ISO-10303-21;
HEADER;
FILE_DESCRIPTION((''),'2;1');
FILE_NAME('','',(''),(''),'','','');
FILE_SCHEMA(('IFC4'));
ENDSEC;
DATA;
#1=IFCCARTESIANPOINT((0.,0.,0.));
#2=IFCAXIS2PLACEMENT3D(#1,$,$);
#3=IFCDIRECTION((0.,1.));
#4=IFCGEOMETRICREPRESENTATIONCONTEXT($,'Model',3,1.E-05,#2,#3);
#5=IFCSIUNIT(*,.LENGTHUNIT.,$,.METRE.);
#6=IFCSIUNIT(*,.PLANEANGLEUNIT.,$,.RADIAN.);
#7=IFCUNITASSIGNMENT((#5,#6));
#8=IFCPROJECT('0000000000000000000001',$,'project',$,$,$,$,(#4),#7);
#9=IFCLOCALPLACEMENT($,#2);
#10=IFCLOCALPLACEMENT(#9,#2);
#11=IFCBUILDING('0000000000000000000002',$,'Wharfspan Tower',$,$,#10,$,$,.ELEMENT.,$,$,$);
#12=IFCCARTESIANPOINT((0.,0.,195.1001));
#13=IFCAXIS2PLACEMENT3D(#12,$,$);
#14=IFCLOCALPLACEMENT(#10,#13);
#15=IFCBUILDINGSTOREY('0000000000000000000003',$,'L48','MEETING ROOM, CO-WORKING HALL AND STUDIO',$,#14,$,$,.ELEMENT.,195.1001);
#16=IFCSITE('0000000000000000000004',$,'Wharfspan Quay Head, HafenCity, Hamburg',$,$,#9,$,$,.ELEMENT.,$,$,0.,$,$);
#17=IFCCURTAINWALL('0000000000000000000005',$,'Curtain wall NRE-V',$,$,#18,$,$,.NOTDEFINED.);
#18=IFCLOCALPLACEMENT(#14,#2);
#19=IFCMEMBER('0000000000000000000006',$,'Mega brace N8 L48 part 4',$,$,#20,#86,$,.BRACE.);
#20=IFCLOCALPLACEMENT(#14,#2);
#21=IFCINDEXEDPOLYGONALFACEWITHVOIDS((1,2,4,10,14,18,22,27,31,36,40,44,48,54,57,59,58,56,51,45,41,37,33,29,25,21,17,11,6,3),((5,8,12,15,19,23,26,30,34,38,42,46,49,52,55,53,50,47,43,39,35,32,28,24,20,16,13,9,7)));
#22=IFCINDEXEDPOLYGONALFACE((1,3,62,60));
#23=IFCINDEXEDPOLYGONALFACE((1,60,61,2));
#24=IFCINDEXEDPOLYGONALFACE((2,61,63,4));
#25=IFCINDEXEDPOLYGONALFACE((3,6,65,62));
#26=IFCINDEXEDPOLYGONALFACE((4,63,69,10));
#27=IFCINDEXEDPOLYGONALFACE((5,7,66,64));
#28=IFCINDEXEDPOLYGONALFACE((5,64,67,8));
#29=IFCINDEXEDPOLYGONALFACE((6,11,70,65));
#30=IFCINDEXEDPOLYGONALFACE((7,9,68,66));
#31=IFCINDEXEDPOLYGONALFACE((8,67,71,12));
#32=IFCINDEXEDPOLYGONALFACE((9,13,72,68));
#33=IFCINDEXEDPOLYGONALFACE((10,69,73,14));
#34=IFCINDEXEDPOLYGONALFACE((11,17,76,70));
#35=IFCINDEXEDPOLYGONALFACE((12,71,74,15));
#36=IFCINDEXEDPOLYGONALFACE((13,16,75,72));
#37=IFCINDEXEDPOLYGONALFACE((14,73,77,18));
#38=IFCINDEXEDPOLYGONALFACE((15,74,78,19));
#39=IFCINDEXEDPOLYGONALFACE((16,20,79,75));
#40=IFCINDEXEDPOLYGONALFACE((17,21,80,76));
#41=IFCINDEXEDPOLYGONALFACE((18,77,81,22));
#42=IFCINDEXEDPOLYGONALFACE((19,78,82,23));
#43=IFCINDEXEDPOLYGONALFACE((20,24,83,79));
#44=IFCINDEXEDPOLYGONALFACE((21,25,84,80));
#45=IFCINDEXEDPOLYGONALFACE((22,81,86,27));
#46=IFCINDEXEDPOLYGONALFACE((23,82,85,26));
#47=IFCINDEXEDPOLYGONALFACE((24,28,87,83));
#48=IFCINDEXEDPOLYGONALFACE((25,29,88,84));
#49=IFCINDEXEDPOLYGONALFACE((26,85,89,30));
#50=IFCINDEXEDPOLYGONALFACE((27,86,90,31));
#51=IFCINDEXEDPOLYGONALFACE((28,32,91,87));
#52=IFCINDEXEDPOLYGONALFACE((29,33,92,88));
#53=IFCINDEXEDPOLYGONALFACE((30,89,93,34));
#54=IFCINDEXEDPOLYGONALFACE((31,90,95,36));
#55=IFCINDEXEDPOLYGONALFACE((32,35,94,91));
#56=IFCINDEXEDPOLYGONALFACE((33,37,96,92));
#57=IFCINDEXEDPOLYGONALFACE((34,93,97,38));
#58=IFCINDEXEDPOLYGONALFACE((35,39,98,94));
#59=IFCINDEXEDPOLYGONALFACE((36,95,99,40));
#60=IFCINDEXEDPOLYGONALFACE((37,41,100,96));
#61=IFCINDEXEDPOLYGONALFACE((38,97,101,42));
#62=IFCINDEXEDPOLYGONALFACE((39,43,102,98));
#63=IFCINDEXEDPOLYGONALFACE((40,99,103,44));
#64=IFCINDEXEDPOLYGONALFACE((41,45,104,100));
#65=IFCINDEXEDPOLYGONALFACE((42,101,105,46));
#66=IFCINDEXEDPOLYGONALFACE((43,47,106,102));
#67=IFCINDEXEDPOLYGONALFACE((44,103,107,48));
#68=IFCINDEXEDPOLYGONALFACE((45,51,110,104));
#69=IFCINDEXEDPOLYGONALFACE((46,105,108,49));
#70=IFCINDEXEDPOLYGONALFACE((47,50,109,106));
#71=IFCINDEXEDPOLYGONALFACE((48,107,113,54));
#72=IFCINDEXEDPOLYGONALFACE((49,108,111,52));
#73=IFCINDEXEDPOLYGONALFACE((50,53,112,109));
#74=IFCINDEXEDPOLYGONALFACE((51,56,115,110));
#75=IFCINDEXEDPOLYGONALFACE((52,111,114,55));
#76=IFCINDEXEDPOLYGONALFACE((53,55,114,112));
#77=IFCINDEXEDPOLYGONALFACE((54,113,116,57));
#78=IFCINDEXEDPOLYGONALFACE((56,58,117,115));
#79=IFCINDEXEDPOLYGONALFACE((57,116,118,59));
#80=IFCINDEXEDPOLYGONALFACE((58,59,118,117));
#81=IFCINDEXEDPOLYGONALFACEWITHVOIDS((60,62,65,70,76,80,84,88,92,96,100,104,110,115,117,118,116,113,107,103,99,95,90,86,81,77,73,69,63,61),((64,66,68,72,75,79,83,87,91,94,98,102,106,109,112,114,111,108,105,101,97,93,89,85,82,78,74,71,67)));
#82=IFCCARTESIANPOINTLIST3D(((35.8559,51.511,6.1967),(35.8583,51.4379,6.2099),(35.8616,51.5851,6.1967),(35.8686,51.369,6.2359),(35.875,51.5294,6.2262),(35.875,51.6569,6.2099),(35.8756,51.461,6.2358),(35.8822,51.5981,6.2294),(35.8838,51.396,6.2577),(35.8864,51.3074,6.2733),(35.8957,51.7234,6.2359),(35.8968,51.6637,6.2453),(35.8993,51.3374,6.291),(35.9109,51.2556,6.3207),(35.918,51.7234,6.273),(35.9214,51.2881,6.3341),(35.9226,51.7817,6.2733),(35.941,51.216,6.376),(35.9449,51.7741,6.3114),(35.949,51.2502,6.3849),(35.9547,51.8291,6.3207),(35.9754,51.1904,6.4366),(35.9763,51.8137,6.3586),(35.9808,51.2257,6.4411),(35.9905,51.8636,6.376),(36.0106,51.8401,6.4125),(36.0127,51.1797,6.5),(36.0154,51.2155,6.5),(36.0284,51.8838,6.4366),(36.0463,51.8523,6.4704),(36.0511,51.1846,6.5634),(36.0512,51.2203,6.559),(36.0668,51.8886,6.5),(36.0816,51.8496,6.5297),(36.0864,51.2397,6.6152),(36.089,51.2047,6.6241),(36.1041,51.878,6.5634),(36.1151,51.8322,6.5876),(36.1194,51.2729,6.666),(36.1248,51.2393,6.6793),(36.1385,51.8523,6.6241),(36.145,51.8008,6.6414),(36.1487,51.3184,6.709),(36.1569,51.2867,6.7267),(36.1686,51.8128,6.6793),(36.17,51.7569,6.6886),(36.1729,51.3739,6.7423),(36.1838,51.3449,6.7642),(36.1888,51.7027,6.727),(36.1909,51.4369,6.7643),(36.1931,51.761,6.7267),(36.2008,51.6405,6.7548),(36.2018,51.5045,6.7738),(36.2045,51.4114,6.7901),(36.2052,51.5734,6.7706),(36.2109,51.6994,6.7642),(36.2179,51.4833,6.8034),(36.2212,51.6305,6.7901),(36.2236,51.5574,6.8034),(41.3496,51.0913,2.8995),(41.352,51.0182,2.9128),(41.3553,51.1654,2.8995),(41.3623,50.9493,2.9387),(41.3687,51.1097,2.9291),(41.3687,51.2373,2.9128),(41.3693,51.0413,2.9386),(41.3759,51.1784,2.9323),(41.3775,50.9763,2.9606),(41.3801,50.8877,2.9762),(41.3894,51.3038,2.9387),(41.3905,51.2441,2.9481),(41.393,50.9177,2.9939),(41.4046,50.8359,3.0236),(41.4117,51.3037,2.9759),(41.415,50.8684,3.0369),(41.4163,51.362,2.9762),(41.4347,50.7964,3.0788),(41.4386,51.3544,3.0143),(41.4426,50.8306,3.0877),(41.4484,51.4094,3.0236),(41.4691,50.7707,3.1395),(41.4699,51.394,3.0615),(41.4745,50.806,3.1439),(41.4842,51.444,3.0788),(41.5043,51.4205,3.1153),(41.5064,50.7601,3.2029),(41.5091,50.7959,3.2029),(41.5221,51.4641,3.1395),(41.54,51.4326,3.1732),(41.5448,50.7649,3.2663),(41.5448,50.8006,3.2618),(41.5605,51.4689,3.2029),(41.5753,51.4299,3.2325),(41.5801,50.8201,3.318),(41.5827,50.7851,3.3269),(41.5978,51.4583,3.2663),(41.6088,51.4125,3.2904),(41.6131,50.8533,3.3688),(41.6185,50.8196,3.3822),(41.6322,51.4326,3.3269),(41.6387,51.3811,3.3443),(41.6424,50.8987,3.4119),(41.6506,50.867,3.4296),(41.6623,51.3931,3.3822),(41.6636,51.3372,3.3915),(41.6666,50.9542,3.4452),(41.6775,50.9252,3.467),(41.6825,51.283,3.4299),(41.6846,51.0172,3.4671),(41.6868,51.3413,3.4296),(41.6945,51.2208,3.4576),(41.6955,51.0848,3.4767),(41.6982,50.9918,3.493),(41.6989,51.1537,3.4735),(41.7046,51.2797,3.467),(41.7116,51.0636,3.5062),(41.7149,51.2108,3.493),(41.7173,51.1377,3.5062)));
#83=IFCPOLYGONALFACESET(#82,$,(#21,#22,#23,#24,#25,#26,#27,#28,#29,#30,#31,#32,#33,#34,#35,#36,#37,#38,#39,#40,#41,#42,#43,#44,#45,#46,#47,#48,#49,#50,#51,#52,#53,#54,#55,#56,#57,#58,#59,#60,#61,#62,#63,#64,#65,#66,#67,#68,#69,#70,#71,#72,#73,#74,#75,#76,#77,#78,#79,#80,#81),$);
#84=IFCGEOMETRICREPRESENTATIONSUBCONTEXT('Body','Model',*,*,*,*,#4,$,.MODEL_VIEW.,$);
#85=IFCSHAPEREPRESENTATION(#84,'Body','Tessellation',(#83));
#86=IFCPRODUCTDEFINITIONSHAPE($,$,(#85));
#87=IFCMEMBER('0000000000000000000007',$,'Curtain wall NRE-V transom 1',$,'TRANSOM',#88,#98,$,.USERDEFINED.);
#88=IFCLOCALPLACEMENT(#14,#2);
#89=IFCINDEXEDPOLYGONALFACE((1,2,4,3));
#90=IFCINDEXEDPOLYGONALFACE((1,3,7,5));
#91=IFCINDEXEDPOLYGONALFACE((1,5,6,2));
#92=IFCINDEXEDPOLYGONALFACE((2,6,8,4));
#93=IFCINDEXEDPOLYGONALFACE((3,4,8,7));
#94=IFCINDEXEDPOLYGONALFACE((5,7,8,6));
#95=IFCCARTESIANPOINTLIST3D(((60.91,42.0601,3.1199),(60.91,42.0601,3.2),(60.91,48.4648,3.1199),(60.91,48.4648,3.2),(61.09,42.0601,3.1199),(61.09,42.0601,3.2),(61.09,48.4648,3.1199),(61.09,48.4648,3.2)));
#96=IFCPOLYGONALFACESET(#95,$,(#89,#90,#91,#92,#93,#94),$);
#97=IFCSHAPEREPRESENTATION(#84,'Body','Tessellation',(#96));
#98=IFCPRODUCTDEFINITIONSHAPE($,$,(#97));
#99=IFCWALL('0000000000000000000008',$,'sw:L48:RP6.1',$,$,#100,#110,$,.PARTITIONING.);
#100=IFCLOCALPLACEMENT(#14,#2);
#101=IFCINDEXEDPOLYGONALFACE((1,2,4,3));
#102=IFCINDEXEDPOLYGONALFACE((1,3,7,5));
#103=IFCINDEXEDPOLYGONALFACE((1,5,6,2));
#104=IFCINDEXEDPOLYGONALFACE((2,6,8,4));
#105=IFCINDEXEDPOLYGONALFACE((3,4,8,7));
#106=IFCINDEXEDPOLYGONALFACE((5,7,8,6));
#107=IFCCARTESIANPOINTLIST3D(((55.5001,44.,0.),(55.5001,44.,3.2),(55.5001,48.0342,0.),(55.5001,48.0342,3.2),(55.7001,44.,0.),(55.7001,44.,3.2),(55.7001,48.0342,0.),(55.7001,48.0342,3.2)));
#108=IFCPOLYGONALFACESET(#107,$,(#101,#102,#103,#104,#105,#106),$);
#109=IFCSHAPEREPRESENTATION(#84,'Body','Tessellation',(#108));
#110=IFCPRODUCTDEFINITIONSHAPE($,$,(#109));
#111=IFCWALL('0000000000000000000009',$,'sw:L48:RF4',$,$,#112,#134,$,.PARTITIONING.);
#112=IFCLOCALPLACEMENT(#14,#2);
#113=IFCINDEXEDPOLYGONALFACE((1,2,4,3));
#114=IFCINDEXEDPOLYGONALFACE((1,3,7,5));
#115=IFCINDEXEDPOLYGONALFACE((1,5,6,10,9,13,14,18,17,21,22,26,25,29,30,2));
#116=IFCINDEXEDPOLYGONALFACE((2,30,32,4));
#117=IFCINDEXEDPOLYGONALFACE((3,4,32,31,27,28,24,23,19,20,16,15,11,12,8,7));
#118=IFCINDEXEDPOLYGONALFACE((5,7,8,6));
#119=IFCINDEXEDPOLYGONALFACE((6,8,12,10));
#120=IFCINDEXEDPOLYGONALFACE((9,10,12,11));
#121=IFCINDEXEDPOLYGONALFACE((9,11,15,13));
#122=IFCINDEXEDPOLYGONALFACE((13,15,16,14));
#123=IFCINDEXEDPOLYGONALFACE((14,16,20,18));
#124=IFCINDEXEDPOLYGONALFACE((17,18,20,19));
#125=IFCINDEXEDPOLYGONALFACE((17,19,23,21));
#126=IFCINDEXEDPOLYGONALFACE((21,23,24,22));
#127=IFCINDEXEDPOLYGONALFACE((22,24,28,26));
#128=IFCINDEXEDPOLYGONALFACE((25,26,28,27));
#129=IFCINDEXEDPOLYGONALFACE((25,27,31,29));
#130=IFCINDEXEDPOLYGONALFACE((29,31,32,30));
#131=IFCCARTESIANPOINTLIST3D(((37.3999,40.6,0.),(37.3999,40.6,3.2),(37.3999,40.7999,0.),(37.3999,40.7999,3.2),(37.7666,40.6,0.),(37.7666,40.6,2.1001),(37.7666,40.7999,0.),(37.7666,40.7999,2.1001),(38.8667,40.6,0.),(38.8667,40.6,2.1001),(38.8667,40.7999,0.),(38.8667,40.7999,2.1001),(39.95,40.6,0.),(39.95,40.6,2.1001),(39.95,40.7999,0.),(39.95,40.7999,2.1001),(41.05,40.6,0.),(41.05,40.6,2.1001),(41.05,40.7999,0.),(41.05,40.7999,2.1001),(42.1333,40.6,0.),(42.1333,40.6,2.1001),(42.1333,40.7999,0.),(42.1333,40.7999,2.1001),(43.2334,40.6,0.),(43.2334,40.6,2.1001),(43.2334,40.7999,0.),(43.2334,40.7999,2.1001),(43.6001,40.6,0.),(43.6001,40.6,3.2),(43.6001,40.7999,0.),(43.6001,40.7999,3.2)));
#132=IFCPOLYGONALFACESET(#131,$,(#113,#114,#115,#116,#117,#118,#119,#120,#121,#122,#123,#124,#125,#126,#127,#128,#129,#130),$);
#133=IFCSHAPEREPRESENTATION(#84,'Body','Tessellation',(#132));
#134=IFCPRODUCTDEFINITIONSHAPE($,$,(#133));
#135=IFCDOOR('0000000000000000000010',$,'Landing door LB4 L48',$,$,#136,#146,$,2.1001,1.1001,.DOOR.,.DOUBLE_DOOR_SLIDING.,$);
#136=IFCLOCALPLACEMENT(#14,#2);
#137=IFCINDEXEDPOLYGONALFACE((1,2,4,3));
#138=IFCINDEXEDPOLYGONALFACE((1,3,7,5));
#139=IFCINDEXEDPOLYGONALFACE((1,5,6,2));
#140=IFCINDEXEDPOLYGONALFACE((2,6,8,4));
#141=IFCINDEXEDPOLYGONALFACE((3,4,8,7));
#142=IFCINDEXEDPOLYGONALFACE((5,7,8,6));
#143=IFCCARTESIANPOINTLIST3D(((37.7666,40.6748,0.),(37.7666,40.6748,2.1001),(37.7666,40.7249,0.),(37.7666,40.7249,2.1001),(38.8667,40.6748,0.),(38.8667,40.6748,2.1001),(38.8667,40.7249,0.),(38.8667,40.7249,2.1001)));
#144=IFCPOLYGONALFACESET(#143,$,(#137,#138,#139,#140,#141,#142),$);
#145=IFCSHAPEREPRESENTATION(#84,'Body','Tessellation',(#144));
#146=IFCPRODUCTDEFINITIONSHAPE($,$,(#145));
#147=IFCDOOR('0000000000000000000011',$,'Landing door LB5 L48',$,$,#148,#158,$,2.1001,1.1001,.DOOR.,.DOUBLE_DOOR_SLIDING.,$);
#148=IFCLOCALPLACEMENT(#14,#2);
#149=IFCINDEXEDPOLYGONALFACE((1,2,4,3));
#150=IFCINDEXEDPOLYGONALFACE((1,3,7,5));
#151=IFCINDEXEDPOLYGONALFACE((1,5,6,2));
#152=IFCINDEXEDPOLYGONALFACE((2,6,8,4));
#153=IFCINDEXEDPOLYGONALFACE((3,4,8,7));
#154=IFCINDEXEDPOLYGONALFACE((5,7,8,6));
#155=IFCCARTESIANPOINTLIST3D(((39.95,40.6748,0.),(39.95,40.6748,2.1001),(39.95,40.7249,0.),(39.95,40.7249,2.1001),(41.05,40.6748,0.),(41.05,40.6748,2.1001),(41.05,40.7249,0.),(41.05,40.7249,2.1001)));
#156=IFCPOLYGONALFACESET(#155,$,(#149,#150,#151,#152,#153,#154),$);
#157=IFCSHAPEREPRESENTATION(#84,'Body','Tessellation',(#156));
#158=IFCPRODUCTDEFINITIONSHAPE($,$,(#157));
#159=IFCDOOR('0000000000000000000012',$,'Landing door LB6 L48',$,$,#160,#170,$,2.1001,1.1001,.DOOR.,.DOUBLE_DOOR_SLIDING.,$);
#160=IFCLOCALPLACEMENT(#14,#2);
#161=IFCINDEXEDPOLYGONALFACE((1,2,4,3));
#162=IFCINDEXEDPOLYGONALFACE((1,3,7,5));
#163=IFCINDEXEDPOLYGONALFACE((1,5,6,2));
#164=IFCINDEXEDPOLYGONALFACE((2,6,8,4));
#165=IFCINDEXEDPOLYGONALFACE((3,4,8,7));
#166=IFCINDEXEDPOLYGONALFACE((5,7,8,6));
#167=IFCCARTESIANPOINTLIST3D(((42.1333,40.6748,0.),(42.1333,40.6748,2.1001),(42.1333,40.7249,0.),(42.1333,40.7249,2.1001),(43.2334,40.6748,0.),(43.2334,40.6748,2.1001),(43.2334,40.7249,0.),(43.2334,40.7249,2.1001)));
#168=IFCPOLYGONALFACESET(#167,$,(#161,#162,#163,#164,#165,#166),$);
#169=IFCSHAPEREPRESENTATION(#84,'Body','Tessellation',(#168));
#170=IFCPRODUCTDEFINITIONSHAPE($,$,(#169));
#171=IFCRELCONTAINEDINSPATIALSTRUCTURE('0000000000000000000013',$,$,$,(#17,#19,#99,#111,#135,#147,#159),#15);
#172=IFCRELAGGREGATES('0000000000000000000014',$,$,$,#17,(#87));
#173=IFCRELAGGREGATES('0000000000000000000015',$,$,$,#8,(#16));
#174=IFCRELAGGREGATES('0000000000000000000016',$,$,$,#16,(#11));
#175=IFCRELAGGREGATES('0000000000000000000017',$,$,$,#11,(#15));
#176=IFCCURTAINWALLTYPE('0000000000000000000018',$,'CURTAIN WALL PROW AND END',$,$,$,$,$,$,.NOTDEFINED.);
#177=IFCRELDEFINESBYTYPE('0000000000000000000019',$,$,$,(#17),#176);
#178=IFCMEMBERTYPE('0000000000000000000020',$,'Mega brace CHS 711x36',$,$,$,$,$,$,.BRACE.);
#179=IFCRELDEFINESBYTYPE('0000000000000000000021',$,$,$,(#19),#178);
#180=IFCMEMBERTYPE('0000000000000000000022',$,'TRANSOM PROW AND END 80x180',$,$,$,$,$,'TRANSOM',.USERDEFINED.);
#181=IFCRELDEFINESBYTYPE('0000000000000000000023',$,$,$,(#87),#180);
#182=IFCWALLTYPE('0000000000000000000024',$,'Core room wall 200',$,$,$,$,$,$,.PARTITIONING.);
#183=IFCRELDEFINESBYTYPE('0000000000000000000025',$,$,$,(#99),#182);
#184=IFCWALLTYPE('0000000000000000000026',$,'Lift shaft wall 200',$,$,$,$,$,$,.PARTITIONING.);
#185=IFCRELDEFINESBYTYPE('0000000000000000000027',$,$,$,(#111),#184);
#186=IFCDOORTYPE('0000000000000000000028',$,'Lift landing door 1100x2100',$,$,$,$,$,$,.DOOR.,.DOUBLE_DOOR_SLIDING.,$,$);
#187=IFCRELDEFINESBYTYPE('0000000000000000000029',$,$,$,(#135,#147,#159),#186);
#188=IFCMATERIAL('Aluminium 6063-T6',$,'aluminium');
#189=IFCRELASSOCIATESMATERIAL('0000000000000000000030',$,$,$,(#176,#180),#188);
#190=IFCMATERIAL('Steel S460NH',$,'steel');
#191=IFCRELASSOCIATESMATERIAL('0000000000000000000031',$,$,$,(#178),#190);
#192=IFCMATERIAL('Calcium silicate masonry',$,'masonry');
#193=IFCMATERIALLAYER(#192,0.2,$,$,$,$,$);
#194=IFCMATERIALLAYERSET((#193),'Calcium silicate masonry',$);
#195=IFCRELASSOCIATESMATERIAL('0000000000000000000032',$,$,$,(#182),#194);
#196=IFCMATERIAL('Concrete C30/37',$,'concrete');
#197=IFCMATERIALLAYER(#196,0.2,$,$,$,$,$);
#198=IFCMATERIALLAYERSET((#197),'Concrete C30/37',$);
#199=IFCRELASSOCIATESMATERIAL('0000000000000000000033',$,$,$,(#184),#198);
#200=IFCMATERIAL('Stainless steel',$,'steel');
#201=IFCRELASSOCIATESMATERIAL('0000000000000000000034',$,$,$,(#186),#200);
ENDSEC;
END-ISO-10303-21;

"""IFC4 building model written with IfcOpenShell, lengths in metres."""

from ifc_helpers import new_model, si_unit, direction, frame, frame_2d, origin, origin_2d, place, context, subcontext, project, spatial, rectangle, hollow_circle, extrude, material, layer, layer_set, material_profile, profile_set, type_object, element, fill, aggregate, save


model = new_model("IFC4")

# Units and contexts
model_context = context("Model", 3, precision=1e-05, world=origin(), true_north=direction((0.0, 1.0)))
body_context = subcontext(model_context, "Body", "Model", "MODEL_VIEW")
ifc_project = project(units=[si_unit("LENGTHUNIT", "METRE"), si_unit("PLANEANGLEUNIT", "RADIAN")], contexts=[model_context])

# Site, building, storey
site_placement = place(None, origin())
site = spatial("IfcSite", under=ifc_project, at=site_placement, Name="Wharfspan Quay Head, HafenCity, Hamburg", CompositionType="ELEMENT", RefElevation=0.0)
building_placement = place(site_placement, origin())
building = spatial("IfcBuilding", under=site, at=building_placement, Name="Wharfspan Tower", CompositionType="ELEMENT")
storey_placement = place(building_placement, frame((0.0, 0.0, 195.1001)))
storey = spatial("IfcBuildingStorey", under=building, at=storey_placement, Name="L48", Description="MEETING ROOM, CO-WORKING HALL AND STUDIO", CompositionType="ELEMENT", Elevation=195.1001)

# Curtain wall
ifc_material_1 = material(Name="Aluminium 6063-T6", Category="aluminium")
curtain_wall_type = type_object("IfcCurtainWallType", Name="CURTAIN WALL PROW AND END", PredefinedType="NOTDEFINED", material=ifc_material_1)
curtain_wall_placement = place(storey_placement, origin())
curtain_wall = element("IfcCurtainWall", 1, at=curtain_wall_placement, inside=storey, type_object=curtain_wall_type, Name="Curtain wall NRE-V", PredefinedType="NOTDEFINED")

# Member
ifc_material_2 = material(Name="Steel S460NH", Category="steel")
ifc_material_profile_1 = material_profile(ifc_material_2, hollow_circle(Radius=0.3555, WallThickness=0.0359, at=origin_2d()))
ifc_profile_set_1 = profile_set([ifc_material_profile_1], Name="Steel S460NH")
member_type_1 = type_object("IfcMemberType", Name="Mega brace CHS 711x36", PredefinedType="BRACE", material=ifc_profile_set_1)
for number, where, z_axis, x_axis, name in (
    (2, (41.5334, 51.1145, 3.2029), (-0.855596, 0.065362, 0.513502), (-0.076171, -0.997095, 0.000001), "Mega brace N8 L48 part 4"),
):
    element("IfcMember", number, at=place(storey_placement, frame(where, z_axis=z_axis, x_axis=x_axis)), inside=storey, type_object=member_type_1, Name=name, PredefinedType="BRACE", context=body_context, shape_type="SweptSolid", body=[
        extrude(hollow_circle(Radius=0.3555, WallThickness=0.0359, at=origin_2d()), origin(), (0.0, 0.0, 1.0), 6.4209),
    ])

# Member
ifc_material_profile_2 = material_profile(ifc_material_1, rectangle(XDim=0.1799, YDim=0.0801, at=origin_2d()))
ifc_profile_set_2 = profile_set([ifc_material_profile_2], Name="Aluminium 6063-T6")
member_type_2 = type_object("IfcMemberType", Name="TRANSOM PROW AND END 80x180", ElementType="TRANSOM", PredefinedType="USERDEFINED", material=ifc_profile_set_2)
member_1_placement = place(storey_placement, frame((61.0, 42.0601, 3.1599), z_axis=(0.0, 1.0, 0.0), x_axis=(-1.0, 0.0, 0.0)))
member_1 = element("IfcMember", 3, at=member_1_placement, type_object=member_type_2, Name="Curtain wall NRE-V transom 1", ObjectType="TRANSOM", PredefinedType="USERDEFINED", context=body_context, shape_type="SweptSolid", body=[
    extrude(rectangle(XDim=0.1799, YDim=0.0801, at=origin_2d()), origin(), (0.0, 0.0, 1.0), 6.4048),
])
aggregate(curtain_wall, [member_1])

# Wall
ifc_material_3 = material(Name="Calcium silicate masonry", Category="masonry")
ifc_layer_1 = layer(ifc_material_3, 0.2)
ifc_layer_set_1 = layer_set([ifc_layer_1], Name="Calcium silicate masonry")
wall_type_1 = type_object("IfcWallType", Name="Core room wall 200", PredefinedType="PARTITIONING", material=ifc_layer_set_1)
wall_1_placement = place(storey_placement, frame((55.6001, 44.0, 0.0), z_axis=(0.0, 0.0, 1.0), x_axis=(0.0, 1.0, 0.0)))
element("IfcWall", 4, at=wall_1_placement, inside=storey, type_object=wall_type_1, Name="sw:L48:RP6.1", PredefinedType="PARTITIONING", context=body_context, shape_type="SweptSolid", body=[
    extrude(rectangle(XDim=4.0342, YDim=0.2, at=frame_2d((2.0171, 0.0))), origin(), (0.0, 0.0, 1.0), 3.2),
])

# Wall, openings, doors
ifc_material_4 = material(Name="Concrete C30/37", Category="concrete")
ifc_layer_2 = layer(ifc_material_4, 0.2)
ifc_layer_set_2 = layer_set([ifc_layer_2], Name="Concrete C30/37")
wall_type_2 = type_object("IfcWallType", Name="Lift shaft wall 200", PredefinedType="PARTITIONING", material=ifc_layer_set_2)
wall_2_placement = place(storey_placement, frame((37.3999, 40.7, 0.0), z_axis=(0.0, 0.0, 1.0), x_axis=(1.0, 0.0, 0.0)))
wall_2 = element("IfcWall", 5, at=wall_2_placement, inside=storey, type_object=wall_type_2, Name="sw:L48:RF4", PredefinedType="PARTITIONING", context=body_context, shape_type="SweptSolid", body=[
    extrude(rectangle(XDim=6.2002, YDim=0.2, at=frame_2d((3.1001, 0.0))), origin(), (0.0, 0.0, 1.0), 3.2),
])
opening_1_placement = place(wall_2_placement, frame((0.3667, 0.0, 0.0)))
opening_1 = element("IfcOpeningElement", 6, at=opening_1_placement, cuts=wall_2, PredefinedType="OPENING", context=body_context, shape_type="SweptSolid", body=[
    extrude(rectangle(XDim=1.1001, YDim=2.1001, at=frame_2d((0.55, 1.05))), frame((0.0, 0.1099, 0.0), z_axis=(0.0, -1.0, 0.0), x_axis=(1.0, 0.0, 0.0)), (0.0, 0.0, 1.0), 0.22),
])
opening_2_placement = place(wall_2_placement, frame((2.55, 0.0, 0.0)))
opening_2 = element("IfcOpeningElement", 7, at=opening_2_placement, cuts=wall_2, PredefinedType="OPENING", context=body_context, shape_type="SweptSolid", body=[
    extrude(rectangle(XDim=1.1001, YDim=2.1001, at=frame_2d((0.55, 1.05))), frame((0.0, 0.1099, 0.0), z_axis=(0.0, -1.0, 0.0), x_axis=(1.0, 0.0, 0.0)), (0.0, 0.0, 1.0), 0.22),
])
opening_3_placement = place(wall_2_placement, frame((4.7334, 0.0, 0.0)))
opening_3 = element("IfcOpeningElement", 8, at=opening_3_placement, cuts=wall_2, PredefinedType="OPENING", context=body_context, shape_type="SweptSolid", body=[
    extrude(rectangle(XDim=1.1001, YDim=2.1001, at=frame_2d((0.55, 1.05))), frame((0.0, 0.1099, 0.0), z_axis=(0.0, -1.0, 0.0), x_axis=(1.0, 0.0, 0.0)), (0.0, 0.0, 1.0), 0.22),
])
ifc_material_5 = material(Name="Stainless steel", Category="steel")
door_type_1 = type_object("IfcDoorType", Name="Lift landing door 1100x2100", OperationType="DOUBLE_DOOR_SLIDING", PredefinedType="DOOR", material=ifc_material_5)
door_1_placement = place(opening_1_placement, origin())
door_1 = element("IfcDoor", 9, at=door_1_placement, inside=storey, type_object=door_type_1, Name="Landing door LB4 L48", OperationType="DOUBLE_DOOR_SLIDING", OverallHeight=2.1001, OverallWidth=1.1001, PredefinedType="DOOR", context=body_context, shape_type="SweptSolid", body=[
    extrude(rectangle(XDim=1.1001, YDim=2.1001, at=frame_2d((0.55, 1.05))), frame((0.0, 0.0249, 0.0), z_axis=(0.0, -1.0, 0.0), x_axis=(1.0, 0.0, 0.0)), (0.0, 0.0, 1.0), 0.05),
])
fill(opening_1, door_1)
door_2_placement = place(opening_2_placement, origin())
door_2 = element("IfcDoor", 10, at=door_2_placement, inside=storey, type_object=door_type_1, Name="Landing door LB5 L48", OperationType="DOUBLE_DOOR_SLIDING", OverallHeight=2.1001, OverallWidth=1.1001, PredefinedType="DOOR", context=body_context, shape_type="SweptSolid", body=[
    extrude(rectangle(XDim=1.1001, YDim=2.1001, at=frame_2d((0.55, 1.05))), frame((0.0, 0.0249, 0.0), z_axis=(0.0, -1.0, 0.0), x_axis=(1.0, 0.0, 0.0)), (0.0, 0.0, 1.0), 0.05),
])
fill(opening_2, door_2)
door_3_placement = place(opening_3_placement, origin())
door_3 = element("IfcDoor", 11, at=door_3_placement, inside=storey, type_object=door_type_1, Name="Landing door LB6 L48", OperationType="DOUBLE_DOOR_SLIDING", OverallHeight=2.1001, OverallWidth=1.1001, PredefinedType="DOOR", context=body_context, shape_type="SweptSolid", body=[
    extrude(rectangle(XDim=1.1001, YDim=2.1001, at=frame_2d((0.55, 1.05))), frame((0.0, 0.0249, 0.0), z_axis=(0.0, -1.0, 0.0), x_axis=(1.0, 0.0, 0.0)), (0.0, 0.0, 1.0), 0.05),
])
fill(opening_3, door_3)

save(model, "model.ifc")
